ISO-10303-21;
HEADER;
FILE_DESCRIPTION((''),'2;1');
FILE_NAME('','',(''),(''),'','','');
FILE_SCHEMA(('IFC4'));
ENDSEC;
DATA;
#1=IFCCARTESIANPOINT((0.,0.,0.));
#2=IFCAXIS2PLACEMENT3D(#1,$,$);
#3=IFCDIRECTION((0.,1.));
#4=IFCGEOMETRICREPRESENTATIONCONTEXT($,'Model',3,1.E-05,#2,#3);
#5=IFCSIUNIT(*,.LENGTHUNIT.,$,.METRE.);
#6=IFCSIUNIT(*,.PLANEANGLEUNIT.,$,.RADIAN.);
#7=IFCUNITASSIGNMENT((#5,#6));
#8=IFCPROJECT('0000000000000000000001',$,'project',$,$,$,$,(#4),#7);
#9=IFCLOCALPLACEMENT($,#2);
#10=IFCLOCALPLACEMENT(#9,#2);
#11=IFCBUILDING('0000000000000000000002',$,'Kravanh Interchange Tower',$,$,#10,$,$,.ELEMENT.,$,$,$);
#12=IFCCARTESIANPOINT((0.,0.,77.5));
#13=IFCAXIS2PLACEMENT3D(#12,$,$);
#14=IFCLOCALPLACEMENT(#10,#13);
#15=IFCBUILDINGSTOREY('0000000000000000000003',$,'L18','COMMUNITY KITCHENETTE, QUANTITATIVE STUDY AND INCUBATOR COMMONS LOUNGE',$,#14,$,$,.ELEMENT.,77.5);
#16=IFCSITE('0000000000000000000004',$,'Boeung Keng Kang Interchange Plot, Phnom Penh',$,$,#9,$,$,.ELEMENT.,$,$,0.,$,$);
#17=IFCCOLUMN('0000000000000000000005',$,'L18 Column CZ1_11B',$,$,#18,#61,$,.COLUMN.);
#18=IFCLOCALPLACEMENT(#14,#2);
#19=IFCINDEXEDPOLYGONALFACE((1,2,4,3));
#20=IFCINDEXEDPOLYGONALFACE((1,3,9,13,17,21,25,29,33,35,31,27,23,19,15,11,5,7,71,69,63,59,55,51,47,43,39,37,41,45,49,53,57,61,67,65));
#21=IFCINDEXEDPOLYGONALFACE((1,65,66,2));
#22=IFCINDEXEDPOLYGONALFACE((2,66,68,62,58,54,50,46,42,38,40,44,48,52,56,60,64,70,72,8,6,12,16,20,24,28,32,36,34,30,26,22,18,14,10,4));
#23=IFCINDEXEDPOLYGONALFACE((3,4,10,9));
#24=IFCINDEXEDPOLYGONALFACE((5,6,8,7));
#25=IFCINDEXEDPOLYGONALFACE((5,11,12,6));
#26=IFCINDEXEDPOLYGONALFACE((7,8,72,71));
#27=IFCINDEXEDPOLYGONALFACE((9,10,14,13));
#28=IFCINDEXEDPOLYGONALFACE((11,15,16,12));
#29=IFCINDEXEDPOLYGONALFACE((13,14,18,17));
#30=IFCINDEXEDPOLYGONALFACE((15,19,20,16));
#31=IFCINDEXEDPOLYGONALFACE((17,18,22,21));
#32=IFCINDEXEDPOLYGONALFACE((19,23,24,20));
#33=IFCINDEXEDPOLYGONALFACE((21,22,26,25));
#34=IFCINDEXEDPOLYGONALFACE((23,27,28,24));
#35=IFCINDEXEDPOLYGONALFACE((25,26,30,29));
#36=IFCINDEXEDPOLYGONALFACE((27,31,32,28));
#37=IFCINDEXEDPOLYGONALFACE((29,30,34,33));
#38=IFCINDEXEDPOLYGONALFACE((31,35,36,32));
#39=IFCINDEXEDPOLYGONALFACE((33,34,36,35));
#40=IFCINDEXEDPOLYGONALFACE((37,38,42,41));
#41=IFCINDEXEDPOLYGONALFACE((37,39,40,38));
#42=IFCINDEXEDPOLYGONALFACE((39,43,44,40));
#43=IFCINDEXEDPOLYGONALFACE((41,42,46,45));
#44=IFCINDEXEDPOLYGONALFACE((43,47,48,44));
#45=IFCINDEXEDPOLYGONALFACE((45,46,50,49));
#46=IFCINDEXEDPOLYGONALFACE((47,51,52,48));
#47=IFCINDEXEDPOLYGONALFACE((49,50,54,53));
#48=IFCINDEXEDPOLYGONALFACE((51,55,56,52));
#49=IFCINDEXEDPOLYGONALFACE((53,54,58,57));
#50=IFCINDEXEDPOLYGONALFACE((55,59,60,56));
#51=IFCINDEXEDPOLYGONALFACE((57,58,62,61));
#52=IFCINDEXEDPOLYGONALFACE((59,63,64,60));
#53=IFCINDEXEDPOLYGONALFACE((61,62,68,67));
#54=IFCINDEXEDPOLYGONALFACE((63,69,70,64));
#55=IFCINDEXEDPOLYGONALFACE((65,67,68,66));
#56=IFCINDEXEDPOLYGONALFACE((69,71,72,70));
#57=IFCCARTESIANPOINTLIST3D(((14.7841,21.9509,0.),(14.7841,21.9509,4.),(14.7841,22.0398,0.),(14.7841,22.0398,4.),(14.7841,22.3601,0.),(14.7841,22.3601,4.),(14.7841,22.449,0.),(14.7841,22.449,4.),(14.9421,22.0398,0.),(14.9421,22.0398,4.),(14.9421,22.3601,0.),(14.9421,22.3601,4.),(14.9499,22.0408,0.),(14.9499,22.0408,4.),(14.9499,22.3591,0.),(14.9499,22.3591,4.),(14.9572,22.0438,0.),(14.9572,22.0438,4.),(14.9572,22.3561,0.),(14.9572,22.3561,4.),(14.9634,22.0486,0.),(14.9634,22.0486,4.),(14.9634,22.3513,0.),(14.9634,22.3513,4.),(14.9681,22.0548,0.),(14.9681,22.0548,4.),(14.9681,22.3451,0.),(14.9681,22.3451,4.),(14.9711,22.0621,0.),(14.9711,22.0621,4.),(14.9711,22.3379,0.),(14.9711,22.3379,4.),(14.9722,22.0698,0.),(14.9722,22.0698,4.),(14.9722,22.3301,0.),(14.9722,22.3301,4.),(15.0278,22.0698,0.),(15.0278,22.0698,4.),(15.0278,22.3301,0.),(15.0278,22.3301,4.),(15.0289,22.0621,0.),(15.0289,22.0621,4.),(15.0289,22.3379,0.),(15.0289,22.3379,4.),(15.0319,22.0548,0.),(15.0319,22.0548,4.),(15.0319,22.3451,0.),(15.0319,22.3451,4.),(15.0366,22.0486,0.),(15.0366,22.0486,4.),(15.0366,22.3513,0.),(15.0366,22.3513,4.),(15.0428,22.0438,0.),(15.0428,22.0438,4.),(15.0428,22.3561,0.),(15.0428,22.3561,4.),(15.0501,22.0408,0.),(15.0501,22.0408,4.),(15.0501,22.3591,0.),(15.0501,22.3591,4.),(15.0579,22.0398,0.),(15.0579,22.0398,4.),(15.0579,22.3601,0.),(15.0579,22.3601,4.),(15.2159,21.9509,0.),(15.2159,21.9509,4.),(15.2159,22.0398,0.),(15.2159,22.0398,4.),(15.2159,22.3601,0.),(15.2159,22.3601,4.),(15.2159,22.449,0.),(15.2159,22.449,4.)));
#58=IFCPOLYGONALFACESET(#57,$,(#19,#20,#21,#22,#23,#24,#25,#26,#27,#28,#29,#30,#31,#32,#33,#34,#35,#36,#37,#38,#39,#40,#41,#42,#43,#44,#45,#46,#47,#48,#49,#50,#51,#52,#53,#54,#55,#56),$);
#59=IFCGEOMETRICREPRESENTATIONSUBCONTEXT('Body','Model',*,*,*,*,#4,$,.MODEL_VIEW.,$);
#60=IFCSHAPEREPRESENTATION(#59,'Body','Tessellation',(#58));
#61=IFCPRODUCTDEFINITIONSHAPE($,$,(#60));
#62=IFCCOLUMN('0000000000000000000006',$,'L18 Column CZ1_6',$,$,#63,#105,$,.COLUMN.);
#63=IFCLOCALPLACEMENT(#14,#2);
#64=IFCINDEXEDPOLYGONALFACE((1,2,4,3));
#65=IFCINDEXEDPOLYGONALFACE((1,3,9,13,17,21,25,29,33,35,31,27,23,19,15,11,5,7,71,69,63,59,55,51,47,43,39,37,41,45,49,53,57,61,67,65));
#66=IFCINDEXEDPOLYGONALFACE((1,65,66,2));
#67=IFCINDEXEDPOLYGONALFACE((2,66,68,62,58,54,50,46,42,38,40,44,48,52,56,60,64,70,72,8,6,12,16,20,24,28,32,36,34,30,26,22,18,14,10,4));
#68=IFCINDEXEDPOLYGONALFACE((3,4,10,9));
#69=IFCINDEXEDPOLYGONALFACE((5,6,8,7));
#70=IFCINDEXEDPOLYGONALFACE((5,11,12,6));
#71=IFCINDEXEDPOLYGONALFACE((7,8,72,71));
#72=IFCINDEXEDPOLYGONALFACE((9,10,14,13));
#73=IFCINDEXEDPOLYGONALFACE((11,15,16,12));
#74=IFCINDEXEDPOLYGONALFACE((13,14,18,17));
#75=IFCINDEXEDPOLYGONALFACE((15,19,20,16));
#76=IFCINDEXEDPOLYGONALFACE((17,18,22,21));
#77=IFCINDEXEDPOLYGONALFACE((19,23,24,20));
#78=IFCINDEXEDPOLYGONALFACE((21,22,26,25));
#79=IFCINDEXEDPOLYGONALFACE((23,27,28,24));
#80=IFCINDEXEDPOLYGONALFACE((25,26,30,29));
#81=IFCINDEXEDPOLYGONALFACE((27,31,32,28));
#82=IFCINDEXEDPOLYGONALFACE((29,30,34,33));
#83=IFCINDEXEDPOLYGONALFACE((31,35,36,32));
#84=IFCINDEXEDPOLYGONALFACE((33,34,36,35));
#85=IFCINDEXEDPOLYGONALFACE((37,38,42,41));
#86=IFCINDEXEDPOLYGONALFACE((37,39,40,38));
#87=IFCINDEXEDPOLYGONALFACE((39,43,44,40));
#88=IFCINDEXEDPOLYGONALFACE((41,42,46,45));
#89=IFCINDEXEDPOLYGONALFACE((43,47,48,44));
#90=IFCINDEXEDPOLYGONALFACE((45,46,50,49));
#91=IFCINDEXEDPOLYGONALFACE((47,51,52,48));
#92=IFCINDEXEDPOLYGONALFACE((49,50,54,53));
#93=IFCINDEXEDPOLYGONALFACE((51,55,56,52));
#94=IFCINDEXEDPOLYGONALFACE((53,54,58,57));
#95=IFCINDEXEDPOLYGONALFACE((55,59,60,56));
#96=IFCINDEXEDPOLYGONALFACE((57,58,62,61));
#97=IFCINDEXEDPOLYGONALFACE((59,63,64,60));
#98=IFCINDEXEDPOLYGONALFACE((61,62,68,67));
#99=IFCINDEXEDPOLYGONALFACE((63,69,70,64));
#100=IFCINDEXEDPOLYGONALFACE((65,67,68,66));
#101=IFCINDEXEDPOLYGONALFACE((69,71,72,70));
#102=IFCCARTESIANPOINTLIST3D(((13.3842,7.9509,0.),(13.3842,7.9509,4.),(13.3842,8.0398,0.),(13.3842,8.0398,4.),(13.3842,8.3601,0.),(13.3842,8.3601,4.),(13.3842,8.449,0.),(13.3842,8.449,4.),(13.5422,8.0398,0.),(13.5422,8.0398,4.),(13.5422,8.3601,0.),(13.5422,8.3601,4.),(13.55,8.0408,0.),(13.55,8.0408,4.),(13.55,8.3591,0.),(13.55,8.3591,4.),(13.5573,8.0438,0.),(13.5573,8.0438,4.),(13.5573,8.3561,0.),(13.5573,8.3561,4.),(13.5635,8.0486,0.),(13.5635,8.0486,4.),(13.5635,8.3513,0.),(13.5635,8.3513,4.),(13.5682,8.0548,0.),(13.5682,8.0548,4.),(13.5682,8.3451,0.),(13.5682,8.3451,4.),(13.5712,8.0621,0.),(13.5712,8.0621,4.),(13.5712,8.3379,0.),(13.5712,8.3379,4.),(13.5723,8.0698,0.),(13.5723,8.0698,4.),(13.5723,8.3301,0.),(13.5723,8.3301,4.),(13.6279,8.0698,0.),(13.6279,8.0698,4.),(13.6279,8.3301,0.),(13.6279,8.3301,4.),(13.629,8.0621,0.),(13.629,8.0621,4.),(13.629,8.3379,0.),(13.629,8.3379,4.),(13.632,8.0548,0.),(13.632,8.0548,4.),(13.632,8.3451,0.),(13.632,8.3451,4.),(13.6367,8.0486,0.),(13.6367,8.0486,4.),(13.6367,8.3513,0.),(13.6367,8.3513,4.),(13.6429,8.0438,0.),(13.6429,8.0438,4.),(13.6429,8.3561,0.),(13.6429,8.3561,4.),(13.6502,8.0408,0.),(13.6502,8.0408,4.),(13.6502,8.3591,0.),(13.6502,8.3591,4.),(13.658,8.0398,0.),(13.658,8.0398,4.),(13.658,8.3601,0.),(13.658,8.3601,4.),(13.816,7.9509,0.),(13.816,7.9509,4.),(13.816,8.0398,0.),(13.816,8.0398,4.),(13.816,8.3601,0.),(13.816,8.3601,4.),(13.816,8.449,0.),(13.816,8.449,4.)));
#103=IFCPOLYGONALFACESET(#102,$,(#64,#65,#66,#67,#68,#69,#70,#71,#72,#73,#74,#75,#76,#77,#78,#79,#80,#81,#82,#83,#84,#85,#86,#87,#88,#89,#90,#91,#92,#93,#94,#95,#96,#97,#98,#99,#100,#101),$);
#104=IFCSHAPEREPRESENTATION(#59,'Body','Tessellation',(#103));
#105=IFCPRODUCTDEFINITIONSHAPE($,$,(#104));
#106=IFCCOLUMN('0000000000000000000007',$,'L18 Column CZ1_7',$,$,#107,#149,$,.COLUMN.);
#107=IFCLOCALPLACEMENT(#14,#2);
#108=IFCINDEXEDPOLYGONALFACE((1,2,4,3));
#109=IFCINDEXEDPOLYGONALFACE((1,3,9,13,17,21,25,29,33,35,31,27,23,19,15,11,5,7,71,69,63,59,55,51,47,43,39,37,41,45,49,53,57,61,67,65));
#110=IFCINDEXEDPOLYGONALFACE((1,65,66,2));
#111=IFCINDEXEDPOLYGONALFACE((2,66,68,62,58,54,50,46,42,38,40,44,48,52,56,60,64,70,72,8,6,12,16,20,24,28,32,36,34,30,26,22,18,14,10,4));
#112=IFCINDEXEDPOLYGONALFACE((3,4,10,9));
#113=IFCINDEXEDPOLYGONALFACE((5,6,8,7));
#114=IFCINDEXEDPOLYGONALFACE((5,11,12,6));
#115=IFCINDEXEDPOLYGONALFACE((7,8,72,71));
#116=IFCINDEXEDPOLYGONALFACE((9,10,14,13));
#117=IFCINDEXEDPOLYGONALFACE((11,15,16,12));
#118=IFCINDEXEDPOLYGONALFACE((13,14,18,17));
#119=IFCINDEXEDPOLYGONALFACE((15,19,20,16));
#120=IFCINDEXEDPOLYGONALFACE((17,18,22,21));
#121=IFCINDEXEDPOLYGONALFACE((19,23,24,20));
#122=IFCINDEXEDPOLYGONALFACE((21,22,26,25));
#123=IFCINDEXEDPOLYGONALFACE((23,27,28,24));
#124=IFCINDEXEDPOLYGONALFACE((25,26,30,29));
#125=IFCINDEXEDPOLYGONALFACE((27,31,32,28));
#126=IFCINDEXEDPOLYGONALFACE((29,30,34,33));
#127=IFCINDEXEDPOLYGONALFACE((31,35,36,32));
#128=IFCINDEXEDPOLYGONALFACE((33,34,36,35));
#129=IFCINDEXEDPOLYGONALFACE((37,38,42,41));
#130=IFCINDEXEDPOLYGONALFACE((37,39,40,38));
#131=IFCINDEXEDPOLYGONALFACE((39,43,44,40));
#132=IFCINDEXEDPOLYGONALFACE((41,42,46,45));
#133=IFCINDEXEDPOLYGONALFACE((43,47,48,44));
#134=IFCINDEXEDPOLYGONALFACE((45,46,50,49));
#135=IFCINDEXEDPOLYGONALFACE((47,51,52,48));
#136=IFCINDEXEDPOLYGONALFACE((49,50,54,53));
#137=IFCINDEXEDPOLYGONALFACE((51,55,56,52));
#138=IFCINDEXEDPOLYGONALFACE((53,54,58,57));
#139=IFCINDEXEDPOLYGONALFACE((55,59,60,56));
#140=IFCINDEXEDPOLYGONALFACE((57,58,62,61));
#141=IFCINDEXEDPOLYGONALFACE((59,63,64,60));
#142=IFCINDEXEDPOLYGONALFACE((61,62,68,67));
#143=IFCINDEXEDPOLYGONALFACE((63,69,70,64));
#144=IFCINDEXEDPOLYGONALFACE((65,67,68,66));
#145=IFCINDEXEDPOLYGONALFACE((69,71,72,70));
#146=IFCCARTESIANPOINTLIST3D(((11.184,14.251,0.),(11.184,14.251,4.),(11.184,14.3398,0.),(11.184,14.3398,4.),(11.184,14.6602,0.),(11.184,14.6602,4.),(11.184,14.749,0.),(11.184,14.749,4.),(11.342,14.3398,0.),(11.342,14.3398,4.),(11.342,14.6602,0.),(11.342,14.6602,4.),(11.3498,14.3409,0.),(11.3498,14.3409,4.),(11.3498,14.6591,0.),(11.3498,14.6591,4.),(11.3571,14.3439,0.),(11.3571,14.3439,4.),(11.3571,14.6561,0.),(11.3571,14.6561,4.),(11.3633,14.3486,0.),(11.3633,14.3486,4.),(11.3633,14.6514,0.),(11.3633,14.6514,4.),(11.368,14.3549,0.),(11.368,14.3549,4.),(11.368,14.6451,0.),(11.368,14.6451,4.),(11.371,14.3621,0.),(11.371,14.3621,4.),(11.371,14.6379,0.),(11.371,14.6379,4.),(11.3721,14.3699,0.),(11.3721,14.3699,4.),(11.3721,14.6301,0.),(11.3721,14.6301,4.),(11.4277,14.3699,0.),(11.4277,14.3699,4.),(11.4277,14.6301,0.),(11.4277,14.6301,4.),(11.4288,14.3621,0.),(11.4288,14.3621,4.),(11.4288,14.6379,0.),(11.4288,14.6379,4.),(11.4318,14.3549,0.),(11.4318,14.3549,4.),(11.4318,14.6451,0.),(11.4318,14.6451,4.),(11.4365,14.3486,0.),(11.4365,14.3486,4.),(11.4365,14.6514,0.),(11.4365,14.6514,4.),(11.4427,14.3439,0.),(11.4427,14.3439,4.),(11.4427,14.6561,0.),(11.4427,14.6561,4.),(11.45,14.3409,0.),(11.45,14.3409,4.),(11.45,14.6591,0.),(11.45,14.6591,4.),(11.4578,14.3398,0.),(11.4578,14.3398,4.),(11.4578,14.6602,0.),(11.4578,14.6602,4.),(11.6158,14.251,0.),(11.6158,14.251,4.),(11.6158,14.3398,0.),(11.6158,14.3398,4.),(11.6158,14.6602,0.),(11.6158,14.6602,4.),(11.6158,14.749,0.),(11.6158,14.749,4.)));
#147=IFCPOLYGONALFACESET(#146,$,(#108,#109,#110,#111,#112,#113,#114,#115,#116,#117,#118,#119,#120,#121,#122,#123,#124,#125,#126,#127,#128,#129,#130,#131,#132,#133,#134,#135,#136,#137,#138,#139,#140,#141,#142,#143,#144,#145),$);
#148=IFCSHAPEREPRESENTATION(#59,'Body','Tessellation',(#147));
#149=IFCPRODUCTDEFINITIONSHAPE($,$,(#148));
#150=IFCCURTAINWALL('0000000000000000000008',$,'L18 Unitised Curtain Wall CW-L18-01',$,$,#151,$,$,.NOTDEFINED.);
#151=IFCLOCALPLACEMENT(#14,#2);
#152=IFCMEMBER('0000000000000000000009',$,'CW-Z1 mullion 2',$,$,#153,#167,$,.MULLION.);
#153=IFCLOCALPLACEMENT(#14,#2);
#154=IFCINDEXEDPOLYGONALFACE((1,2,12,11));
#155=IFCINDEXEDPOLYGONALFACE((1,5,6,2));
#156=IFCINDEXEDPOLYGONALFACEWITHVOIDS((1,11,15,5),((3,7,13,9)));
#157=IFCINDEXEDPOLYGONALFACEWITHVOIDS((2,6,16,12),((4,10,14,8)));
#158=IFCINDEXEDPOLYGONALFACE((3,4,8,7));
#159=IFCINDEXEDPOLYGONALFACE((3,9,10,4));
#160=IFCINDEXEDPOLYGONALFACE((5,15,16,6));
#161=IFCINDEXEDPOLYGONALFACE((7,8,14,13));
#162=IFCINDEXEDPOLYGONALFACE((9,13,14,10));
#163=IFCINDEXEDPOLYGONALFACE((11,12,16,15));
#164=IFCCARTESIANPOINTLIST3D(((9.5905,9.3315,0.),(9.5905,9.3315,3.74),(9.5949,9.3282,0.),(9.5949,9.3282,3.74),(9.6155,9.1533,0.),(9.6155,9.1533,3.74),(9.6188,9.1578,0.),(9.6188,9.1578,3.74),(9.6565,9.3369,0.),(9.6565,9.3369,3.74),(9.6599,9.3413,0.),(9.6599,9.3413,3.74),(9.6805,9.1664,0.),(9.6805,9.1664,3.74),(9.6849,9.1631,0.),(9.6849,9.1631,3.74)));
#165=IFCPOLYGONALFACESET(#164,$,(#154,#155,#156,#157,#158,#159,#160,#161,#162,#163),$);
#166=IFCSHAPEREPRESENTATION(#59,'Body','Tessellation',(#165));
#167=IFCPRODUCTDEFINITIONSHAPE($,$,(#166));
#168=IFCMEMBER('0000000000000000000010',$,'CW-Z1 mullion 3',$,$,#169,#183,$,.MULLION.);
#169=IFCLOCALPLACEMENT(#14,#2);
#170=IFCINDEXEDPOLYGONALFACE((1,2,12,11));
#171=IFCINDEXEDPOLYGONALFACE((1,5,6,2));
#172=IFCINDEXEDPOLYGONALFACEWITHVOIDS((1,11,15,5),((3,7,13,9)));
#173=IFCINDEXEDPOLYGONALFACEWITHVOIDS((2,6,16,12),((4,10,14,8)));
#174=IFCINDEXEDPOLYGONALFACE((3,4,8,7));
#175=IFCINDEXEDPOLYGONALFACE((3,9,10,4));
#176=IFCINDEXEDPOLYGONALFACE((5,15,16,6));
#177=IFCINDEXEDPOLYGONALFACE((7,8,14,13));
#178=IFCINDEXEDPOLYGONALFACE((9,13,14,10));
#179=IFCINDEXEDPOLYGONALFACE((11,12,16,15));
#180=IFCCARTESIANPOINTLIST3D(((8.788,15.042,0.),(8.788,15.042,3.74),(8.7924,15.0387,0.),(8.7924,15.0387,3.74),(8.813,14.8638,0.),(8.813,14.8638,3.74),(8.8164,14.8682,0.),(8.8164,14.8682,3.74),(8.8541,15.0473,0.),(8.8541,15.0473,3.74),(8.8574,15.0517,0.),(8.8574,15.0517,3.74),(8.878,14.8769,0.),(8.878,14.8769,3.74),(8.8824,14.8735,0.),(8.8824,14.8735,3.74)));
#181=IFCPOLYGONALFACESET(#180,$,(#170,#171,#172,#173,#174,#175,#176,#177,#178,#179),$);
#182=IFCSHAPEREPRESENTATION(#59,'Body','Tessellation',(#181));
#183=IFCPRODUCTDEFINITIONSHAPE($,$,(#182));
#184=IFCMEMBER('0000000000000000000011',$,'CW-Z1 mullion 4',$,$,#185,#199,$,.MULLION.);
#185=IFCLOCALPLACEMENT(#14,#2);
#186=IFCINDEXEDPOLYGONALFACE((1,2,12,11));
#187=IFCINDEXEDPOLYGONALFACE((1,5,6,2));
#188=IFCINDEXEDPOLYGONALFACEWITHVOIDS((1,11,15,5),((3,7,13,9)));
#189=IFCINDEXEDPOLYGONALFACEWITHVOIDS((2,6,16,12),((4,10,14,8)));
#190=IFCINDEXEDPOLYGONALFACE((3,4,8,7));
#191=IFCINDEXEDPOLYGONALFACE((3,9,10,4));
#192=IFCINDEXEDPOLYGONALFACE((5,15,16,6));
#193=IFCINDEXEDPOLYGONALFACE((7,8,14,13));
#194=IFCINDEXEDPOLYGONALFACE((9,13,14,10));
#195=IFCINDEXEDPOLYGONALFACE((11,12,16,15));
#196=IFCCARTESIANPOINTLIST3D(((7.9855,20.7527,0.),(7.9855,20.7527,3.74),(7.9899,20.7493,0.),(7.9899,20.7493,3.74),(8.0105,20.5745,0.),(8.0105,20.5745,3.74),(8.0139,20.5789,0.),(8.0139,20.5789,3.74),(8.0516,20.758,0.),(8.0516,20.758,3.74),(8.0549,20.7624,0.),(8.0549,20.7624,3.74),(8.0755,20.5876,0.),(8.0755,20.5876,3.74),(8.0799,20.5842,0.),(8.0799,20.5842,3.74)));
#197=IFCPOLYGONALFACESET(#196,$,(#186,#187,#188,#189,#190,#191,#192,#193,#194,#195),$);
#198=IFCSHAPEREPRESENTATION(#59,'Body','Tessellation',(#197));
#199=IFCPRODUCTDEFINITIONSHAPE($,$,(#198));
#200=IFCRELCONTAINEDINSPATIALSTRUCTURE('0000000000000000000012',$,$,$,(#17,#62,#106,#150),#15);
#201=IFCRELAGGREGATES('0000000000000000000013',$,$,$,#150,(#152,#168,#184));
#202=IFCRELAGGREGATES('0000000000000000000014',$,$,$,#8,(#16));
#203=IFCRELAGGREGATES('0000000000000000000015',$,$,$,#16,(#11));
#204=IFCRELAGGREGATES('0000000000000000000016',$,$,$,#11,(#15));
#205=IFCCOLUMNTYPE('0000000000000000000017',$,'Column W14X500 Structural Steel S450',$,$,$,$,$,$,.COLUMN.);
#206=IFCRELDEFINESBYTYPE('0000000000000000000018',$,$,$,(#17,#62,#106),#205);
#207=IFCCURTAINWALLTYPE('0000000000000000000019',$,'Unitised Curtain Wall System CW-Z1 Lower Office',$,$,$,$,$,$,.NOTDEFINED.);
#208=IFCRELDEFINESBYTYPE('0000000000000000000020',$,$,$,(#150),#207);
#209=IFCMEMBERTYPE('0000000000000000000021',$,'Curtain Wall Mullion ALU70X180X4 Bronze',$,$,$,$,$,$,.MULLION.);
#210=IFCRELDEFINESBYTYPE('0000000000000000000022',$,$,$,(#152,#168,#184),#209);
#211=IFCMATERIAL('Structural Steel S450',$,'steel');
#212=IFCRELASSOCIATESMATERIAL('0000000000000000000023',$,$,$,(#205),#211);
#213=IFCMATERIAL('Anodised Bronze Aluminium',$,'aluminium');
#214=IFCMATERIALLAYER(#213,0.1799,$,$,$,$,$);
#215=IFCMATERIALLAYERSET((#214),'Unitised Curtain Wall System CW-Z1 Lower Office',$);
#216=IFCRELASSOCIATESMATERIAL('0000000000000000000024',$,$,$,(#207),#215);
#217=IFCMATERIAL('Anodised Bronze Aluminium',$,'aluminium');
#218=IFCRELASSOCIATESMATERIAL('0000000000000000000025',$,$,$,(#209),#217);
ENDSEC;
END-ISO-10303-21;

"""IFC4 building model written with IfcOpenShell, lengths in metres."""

from ifc_helpers import new_model, si_unit, direction, frame, origin, origin_2d, place, context, subcontext, project, spatial, hollow_rectangle, i_section, extrude, material, layer, layer_set, material_profile, profile_set, type_object, element, aggregate, save


model = new_model("IFC4")

# Units and contexts
model_context = context("Model", 3, precision=1e-05, world=origin(), true_north=direction((0.0, 1.0)))
body_context = subcontext(model_context, "Body", "Model", "MODEL_VIEW")
ifc_project = project(units=[si_unit("LENGTHUNIT", "METRE"), si_unit("PLANEANGLEUNIT", "RADIAN")], contexts=[model_context])

# Site, building, storey
site_placement = place(None, origin())
site = spatial("IfcSite", under=ifc_project, at=site_placement, Name="Boeung Keng Kang Interchange Plot, Phnom Penh", CompositionType="ELEMENT", RefElevation=0.0)
building_placement = place(site_placement, origin())
building = spatial("IfcBuilding", under=site, at=building_placement, Name="Kravanh Interchange Tower", CompositionType="ELEMENT")
storey_placement = place(building_placement, frame((0.0, 0.0, 77.5)))
storey = spatial("IfcBuildingStorey", under=building, at=storey_placement, Name="L18", Description="COMMUNITY KITCHENETTE, QUANTITATIVE STUDY AND INCUBATOR COMMONS LOUNGE", CompositionType="ELEMENT", Elevation=77.5)

# Columns
ifc_material_1 = material(Name="Structural Steel S450", Category="steel")
ifc_material_profile_1 = material_profile(ifc_material_1, i_section(OverallWidth=0.4319, OverallDepth=0.498, WebThickness=0.0557, FlangeThickness=0.0889, FilletRadius=0.03, at=origin_2d()), Name="W14X500")
ifc_profile_set_1 = profile_set([ifc_material_profile_1], Name="Structural Steel S450")
column_type = type_object("IfcColumnType", Name="Column W14X500 Structural Steel S450", PredefinedType="COLUMN", material=ifc_profile_set_1)
for number, where, z_axis, x_axis, name in (
    (1, (15.0, 22.2, 0.0), (0.0, 0.0, 1.0), (1.0, 0.0, 0.0), "L18 Column CZ1_11B"),
    (2, (13.6001, 8.2, 0.0), (0.0, 0.0, 1.0), (1.0, 0.0, 0.0), "L18 Column CZ1_6"),
    (3, (11.3999, 14.5, 0.0), (0.0, 0.0, 1.0), (1.0, 0.0, 0.0), "L18 Column CZ1_7"),
):
    element("IfcColumn", number, at=place(storey_placement, frame(where, z_axis=z_axis, x_axis=x_axis)), inside=storey, type_object=column_type, Name=name, PredefinedType="COLUMN", context=body_context, shape_type="SweptSolid", body=[
        extrude(i_section(OverallWidth=0.4319, OverallDepth=0.498, WebThickness=0.0557, FlangeThickness=0.0889, FilletRadius=0.03, at=origin_2d()), origin(), (0.0, 0.0, 1.0), 4.0),
    ])

# Curtain wall, members
ifc_material_2 = material(Name="Anodised Bronze Aluminium", Category="aluminium")
ifc_layer_1 = layer(ifc_material_2, 0.1799)
ifc_layer_set_1 = layer_set([ifc_layer_1], Name="Unitised Curtain Wall System CW-Z1 Lower Office")
curtain_wall_type = type_object("IfcCurtainWallType", Name="Unitised Curtain Wall System CW-Z1 Lower Office", PredefinedType="NOTDEFINED", material=ifc_layer_set_1)
curtain_wall_placement = place(storey_placement, origin())
curtain_wall = element("IfcCurtainWall", 4, at=curtain_wall_placement, inside=storey, type_object=curtain_wall_type, Name="L18 Unitised Curtain Wall CW-L18-01", PredefinedType="NOTDEFINED")
ifc_material_3 = material(Name="Anodised Bronze Aluminium", Category="aluminium")
ifc_material_profile_2 = material_profile(ifc_material_3, hollow_rectangle(XDim=0.0701, YDim=0.1799, WallThickness=0.0039, at=origin_2d()), Name="ALU70X180X4")
ifc_profile_set_2 = profile_set([ifc_material_profile_2], Name="Anodised Bronze Aluminium")
member_type_1 = type_object("IfcMemberType", Name="Curtain Wall Mullion ALU70X180X4 Bronze", PredefinedType="MULLION", material=ifc_profile_set_2)
member_1_placement = place(storey_placement, frame((9.6377, 9.2473, 0.0), z_axis=(0.0, 0.0, 1.0), x_axis=(-0.990268, -0.139177, 0.0)))
member_1 = element("IfcMember", 5, at=member_1_placement, type_object=member_type_1, Name="CW-Z1 mullion 2", PredefinedType="MULLION", context=body_context, shape_type="SweptSolid", body=[
    extrude(hollow_rectangle(XDim=0.0701, YDim=0.1799, WallThickness=0.0039, at=origin_2d()), origin(), (0.0, 0.0, 1.0), 3.74),
])
member_2_placement = place(storey_placement, frame((8.8352, 14.9578, 0.0), z_axis=(0.0, 0.0, 1.0), x_axis=(-0.990268, -0.139177, 0.0)))
member_2 = element("IfcMember", 6, at=member_2_placement, type_object=member_type_1, Name="CW-Z1 mullion 3", PredefinedType="MULLION", context=body_context, shape_type="SweptSolid", body=[
    extrude(hollow_rectangle(XDim=0.0701, YDim=0.1799, WallThickness=0.0039, at=origin_2d()), origin(), (0.0, 0.0, 1.0), 3.74),
])
member_3_placement = place(storey_placement, frame((8.0327, 20.6685, 0.0), z_axis=(0.0, 0.0, 1.0), x_axis=(-0.990268, -0.139177, 0.0)))
member_3 = element("IfcMember", 7, at=member_3_placement, type_object=member_type_1, Name="CW-Z1 mullion 4", PredefinedType="MULLION", context=body_context, shape_type="SweptSolid", body=[
    extrude(hollow_rectangle(XDim=0.0701, YDim=0.1799, WallThickness=0.0039, at=origin_2d()), origin(), (0.0, 0.0, 1.0), 3.74),
])

aggregate(curtain_wall, [member_1, member_2, member_3])

save(model, "model.ifc")
